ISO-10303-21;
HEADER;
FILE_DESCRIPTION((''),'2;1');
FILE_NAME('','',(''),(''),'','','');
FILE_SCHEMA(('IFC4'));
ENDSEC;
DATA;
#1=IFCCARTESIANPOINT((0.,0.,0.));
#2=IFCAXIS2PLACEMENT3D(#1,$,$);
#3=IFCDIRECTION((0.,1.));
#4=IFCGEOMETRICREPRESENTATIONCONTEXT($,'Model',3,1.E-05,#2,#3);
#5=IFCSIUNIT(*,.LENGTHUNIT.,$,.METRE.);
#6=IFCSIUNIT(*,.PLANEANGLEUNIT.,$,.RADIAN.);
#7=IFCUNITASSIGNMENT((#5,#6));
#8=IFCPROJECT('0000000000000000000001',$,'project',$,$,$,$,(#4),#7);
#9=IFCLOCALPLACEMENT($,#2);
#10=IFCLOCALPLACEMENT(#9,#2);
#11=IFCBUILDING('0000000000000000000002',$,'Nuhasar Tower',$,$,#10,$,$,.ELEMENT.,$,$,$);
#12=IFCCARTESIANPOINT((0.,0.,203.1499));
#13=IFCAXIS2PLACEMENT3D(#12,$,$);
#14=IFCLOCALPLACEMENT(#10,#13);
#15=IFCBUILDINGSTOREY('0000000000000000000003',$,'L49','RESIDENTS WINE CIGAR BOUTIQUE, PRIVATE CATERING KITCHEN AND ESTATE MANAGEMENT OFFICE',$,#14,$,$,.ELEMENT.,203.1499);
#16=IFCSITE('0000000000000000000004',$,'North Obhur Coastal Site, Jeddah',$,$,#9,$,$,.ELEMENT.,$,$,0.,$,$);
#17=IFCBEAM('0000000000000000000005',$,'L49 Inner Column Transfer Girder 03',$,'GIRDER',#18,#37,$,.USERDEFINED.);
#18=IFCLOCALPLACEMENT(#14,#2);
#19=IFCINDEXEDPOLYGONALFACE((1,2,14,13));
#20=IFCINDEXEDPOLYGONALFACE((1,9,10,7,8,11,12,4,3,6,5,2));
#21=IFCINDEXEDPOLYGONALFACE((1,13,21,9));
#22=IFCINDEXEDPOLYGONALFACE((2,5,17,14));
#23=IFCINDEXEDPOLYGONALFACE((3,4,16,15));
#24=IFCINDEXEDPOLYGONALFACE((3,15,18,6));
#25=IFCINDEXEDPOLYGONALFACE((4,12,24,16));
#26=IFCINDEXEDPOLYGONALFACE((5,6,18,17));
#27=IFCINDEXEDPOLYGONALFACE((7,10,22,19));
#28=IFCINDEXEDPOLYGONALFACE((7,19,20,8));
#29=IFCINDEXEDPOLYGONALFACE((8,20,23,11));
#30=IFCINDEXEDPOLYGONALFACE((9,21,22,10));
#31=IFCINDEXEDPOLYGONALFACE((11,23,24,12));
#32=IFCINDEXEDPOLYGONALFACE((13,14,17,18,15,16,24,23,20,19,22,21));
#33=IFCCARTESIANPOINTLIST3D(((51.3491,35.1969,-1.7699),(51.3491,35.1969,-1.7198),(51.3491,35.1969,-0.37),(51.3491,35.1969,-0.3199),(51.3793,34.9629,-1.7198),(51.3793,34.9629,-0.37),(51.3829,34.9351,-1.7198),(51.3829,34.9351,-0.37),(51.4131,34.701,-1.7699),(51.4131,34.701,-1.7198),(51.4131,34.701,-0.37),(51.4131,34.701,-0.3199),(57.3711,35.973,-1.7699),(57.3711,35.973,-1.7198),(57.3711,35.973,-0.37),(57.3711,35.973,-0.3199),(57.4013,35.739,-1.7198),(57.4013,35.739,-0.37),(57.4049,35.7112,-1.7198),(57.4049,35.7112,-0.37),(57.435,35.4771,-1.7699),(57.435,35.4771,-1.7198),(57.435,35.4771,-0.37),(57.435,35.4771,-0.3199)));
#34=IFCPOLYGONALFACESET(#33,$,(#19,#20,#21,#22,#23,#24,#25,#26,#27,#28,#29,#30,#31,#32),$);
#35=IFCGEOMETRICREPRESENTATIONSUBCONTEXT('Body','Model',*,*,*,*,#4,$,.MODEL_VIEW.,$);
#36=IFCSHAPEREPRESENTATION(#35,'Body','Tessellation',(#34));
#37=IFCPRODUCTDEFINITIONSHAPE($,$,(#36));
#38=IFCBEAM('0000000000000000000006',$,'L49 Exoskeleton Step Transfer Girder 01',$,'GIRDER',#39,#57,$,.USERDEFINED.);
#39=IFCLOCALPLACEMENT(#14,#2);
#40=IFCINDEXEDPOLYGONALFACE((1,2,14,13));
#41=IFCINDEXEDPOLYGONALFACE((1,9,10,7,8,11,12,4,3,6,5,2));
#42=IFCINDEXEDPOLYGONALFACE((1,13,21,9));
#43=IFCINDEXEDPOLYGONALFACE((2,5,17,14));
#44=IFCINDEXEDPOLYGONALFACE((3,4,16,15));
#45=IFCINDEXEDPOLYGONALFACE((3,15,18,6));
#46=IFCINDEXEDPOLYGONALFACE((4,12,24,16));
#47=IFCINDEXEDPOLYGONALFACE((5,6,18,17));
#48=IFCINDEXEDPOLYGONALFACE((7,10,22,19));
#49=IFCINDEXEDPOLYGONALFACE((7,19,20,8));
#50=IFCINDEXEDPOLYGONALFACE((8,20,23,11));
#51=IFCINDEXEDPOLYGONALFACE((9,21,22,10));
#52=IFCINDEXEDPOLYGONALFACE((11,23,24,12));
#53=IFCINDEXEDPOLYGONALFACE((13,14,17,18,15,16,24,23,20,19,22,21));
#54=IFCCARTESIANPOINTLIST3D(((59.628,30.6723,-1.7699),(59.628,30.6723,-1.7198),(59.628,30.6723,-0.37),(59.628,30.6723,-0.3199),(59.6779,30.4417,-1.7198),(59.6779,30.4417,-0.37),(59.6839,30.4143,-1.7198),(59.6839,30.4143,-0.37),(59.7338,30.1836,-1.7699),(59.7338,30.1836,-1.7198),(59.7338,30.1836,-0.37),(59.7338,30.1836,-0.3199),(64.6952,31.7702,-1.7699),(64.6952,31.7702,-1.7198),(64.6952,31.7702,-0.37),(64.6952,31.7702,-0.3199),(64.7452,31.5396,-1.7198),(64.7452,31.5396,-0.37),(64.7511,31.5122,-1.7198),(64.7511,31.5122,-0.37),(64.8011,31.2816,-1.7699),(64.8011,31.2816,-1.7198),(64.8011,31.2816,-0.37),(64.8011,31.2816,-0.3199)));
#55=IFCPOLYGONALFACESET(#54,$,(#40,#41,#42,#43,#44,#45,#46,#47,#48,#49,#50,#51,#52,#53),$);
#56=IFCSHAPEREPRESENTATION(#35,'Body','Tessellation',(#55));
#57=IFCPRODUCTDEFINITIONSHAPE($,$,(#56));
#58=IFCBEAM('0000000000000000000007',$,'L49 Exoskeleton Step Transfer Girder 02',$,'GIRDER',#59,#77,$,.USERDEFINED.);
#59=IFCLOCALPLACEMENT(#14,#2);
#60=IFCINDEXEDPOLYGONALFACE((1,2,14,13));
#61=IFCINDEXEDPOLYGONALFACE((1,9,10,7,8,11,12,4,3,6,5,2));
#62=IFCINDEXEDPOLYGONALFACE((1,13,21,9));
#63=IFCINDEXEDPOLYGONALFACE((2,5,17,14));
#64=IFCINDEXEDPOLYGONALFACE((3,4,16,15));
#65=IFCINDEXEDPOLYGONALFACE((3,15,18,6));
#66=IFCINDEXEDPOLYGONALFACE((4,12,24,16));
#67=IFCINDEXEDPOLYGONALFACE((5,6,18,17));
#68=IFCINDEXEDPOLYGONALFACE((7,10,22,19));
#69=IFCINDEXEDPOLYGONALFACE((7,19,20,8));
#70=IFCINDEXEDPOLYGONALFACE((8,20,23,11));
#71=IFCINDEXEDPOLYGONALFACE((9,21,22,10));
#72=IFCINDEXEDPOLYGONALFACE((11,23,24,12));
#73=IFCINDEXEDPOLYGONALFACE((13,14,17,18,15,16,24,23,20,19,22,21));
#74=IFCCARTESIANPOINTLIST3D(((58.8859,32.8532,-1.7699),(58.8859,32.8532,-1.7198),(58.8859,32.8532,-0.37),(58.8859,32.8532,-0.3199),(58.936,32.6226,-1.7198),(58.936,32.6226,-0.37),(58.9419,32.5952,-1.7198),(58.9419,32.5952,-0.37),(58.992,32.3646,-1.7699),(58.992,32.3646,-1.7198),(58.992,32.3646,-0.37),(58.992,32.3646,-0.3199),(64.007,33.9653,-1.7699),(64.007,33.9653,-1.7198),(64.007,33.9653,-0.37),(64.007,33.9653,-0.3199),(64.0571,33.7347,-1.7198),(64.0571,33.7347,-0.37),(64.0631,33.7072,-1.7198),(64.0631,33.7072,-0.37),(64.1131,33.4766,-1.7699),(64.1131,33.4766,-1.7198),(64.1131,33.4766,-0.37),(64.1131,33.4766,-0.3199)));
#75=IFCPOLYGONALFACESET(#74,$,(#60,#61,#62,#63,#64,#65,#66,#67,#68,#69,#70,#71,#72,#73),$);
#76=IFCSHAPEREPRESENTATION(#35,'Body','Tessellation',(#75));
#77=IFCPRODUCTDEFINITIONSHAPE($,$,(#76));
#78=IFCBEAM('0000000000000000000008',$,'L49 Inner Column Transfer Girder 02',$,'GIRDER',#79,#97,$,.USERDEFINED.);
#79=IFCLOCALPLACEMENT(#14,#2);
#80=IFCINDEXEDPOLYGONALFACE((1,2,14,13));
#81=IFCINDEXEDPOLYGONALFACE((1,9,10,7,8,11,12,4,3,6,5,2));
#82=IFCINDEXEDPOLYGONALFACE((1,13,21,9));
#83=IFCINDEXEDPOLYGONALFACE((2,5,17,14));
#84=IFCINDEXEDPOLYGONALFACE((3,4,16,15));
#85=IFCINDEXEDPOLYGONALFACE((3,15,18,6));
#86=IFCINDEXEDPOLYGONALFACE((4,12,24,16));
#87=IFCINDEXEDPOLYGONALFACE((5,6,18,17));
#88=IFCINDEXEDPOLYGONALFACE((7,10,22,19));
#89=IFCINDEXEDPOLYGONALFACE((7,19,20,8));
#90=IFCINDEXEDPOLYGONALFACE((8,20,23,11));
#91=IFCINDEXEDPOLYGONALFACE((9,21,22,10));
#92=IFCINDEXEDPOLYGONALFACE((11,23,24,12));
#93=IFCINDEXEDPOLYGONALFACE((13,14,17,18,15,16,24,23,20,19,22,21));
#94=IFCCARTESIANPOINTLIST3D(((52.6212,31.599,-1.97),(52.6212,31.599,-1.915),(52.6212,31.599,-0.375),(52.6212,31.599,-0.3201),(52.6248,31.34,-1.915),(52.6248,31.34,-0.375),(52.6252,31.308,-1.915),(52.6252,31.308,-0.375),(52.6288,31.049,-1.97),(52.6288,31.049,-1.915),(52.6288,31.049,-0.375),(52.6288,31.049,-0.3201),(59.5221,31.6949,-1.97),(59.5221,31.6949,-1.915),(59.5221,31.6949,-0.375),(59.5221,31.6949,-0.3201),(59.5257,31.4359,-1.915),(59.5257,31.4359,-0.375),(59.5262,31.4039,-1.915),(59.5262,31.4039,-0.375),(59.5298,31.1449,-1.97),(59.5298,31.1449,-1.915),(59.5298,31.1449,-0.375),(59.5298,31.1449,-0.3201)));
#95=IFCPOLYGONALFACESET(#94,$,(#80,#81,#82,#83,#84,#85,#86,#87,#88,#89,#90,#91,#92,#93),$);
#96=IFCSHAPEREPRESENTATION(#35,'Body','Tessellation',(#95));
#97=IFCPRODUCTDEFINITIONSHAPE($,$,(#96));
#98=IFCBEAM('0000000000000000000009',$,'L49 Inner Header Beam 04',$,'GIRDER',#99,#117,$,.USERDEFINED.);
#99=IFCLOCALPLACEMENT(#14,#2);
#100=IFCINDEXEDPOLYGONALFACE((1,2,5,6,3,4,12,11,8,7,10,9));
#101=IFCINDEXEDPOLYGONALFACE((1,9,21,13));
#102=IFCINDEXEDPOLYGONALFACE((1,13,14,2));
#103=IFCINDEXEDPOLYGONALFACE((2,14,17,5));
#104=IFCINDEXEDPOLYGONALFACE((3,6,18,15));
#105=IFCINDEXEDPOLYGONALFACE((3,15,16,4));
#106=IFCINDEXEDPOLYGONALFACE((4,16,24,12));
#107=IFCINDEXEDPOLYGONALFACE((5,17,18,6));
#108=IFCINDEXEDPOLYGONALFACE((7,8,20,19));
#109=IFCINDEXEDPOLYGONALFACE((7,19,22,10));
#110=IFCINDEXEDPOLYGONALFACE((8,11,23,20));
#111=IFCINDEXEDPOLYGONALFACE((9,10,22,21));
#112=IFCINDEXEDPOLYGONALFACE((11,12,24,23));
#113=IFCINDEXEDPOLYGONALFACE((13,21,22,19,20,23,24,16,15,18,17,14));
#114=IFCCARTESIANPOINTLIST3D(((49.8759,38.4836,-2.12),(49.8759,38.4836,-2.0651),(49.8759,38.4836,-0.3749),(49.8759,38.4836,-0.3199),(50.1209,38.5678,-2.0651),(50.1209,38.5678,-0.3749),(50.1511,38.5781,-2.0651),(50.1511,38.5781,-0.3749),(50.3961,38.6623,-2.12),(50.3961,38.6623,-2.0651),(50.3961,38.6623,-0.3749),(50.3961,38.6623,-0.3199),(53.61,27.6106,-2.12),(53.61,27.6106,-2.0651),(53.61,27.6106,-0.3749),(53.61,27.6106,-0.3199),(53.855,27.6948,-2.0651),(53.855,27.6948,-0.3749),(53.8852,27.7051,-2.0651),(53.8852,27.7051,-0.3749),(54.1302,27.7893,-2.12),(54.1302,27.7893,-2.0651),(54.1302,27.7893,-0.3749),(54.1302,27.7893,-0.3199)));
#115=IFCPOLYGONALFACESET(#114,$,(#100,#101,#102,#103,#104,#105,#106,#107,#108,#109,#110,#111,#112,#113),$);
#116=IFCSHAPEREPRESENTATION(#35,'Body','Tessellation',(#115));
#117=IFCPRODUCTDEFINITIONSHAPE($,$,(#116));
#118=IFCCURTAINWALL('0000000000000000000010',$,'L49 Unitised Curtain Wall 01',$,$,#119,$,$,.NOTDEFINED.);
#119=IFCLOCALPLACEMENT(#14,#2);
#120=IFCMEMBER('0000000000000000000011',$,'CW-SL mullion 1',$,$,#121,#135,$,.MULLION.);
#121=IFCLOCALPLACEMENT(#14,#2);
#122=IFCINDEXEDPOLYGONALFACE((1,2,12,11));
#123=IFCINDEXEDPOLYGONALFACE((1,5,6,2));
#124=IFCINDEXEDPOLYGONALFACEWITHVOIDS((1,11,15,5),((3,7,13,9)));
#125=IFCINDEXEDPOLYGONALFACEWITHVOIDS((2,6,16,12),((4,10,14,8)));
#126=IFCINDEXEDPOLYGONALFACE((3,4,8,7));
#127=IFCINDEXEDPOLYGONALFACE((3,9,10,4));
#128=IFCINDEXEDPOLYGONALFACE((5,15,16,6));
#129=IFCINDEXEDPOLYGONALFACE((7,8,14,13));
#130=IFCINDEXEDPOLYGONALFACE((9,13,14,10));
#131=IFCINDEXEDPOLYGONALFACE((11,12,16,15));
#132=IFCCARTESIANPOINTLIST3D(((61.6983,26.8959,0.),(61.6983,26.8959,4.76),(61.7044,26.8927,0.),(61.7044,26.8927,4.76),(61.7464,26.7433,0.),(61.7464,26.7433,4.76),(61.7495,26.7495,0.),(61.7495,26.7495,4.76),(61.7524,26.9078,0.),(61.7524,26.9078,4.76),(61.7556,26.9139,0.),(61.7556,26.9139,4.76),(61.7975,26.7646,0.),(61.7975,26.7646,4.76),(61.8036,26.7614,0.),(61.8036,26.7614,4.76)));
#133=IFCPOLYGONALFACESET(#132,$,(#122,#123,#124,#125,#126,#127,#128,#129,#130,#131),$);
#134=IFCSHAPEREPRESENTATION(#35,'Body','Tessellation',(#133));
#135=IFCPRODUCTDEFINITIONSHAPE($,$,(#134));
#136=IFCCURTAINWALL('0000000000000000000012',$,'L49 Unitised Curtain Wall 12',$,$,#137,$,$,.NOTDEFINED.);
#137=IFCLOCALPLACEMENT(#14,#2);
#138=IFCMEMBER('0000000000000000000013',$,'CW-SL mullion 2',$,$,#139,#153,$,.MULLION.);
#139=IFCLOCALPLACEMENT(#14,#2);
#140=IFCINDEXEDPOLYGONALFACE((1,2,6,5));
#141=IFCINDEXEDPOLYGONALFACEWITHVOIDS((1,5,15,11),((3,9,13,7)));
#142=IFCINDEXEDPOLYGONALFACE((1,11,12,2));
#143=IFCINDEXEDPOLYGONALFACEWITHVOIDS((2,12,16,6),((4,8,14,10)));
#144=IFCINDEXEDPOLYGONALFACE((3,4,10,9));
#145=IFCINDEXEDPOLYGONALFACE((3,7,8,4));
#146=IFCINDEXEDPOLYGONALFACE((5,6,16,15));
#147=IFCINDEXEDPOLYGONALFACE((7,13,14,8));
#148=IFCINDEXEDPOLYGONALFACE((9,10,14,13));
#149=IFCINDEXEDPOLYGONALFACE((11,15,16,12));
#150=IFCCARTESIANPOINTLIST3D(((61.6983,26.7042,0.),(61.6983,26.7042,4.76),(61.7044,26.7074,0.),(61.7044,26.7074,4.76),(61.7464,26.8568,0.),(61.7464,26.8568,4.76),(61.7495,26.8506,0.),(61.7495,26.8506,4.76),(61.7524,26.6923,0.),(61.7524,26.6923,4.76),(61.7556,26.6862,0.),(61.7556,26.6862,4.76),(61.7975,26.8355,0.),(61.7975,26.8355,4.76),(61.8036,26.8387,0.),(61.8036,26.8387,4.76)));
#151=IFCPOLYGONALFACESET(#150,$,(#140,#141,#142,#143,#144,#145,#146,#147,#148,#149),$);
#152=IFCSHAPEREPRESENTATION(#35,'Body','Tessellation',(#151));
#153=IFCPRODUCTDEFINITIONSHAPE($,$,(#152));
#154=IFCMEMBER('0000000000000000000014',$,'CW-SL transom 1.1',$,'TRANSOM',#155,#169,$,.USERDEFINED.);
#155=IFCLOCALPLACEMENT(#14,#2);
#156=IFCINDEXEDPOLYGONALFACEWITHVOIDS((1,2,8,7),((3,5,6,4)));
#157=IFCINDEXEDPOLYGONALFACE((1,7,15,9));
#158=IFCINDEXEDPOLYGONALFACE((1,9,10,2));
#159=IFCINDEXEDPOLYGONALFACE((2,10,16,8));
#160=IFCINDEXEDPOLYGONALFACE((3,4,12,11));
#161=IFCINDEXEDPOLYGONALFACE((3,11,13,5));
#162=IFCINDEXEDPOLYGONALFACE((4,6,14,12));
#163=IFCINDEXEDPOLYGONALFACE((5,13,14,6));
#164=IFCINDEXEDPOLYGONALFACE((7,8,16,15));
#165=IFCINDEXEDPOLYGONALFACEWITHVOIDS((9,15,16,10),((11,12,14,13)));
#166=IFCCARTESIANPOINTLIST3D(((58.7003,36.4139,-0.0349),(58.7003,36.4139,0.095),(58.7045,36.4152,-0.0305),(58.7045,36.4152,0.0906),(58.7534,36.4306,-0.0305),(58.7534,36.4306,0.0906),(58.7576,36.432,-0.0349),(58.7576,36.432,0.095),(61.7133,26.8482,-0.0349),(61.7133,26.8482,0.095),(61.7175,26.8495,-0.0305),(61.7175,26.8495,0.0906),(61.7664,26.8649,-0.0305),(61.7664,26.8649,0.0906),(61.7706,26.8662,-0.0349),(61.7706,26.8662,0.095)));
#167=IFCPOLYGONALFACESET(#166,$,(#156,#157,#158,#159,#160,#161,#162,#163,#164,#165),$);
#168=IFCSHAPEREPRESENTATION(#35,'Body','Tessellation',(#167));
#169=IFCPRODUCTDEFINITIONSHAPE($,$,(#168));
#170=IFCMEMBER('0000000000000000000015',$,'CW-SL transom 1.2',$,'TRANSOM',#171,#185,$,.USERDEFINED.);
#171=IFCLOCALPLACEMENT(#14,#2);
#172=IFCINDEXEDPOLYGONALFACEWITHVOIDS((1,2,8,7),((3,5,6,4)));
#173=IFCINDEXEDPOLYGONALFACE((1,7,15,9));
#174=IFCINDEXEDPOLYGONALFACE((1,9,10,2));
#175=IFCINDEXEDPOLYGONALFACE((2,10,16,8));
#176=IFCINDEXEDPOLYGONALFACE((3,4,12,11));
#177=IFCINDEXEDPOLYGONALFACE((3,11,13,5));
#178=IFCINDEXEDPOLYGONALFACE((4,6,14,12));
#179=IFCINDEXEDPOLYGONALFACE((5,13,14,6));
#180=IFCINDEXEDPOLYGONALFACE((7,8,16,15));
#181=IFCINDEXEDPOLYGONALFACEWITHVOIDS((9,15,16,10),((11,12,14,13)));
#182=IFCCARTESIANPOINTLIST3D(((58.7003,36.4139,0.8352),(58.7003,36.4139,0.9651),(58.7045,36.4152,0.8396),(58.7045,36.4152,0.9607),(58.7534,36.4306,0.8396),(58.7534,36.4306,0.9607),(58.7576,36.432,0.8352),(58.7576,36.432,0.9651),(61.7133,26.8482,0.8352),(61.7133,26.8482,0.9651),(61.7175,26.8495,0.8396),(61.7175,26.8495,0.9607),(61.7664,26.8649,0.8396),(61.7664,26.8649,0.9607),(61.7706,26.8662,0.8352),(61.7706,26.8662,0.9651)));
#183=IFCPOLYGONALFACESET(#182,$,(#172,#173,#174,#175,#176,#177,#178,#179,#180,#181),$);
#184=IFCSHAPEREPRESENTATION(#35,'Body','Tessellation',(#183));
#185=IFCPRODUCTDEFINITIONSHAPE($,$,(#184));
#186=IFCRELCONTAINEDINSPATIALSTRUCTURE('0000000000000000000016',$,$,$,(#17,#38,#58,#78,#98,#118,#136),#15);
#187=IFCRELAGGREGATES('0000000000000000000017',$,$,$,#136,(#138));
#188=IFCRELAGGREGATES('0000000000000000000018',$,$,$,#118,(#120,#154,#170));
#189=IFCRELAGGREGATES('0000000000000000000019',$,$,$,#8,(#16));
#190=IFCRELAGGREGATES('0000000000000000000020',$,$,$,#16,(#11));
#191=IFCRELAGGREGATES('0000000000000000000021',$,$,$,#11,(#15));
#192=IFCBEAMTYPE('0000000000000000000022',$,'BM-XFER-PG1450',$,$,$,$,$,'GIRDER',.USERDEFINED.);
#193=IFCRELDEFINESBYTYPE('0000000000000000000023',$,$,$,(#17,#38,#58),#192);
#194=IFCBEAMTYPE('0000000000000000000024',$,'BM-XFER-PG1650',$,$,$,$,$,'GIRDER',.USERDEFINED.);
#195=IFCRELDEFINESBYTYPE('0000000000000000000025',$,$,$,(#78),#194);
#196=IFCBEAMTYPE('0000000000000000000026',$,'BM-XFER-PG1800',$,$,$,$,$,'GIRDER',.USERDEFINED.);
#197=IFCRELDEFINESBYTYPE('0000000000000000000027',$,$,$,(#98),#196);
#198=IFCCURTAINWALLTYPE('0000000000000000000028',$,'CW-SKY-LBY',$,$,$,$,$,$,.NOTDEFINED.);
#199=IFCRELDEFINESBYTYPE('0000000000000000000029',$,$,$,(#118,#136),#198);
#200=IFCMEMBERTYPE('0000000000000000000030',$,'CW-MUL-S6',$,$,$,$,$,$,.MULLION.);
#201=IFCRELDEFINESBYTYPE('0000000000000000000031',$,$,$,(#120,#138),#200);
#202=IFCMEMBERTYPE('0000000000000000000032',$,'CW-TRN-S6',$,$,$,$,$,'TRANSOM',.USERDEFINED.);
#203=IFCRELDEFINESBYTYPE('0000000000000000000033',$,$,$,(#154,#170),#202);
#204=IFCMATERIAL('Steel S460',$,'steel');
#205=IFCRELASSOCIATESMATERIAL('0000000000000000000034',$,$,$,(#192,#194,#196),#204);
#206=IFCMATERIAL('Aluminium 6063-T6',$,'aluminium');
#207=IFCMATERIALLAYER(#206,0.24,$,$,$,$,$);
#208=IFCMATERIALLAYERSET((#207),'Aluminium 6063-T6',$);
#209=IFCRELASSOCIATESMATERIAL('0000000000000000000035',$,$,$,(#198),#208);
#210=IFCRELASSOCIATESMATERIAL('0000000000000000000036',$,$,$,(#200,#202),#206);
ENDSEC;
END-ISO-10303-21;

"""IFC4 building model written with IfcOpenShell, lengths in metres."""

from ifc_helpers import new_model, si_unit, direction, frame, origin, origin_2d, place, context, subcontext, project, spatial, hollow_rectangle, i_section, extrude, material, layer, layer_set, material_profile, profile_set, type_object, element, aggregate, save


model = new_model("IFC4")

# Units and contexts
model_context = context("Model", 3, precision=1e-05, world=origin(), true_north=direction((0.0, 1.0)))
body_context = subcontext(model_context, "Body", "Model", "MODEL_VIEW")
ifc_project = project(units=[si_unit("LENGTHUNIT", "METRE"), si_unit("PLANEANGLEUNIT", "RADIAN")], contexts=[model_context])

# Site, building, storey
site_placement = place(None, origin())
site = spatial("IfcSite", under=ifc_project, at=site_placement, Name="North Obhur Coastal Site, Jeddah", CompositionType="ELEMENT", RefElevation=0.0)
building_placement = place(site_placement, origin())
building = spatial("IfcBuilding", under=site, at=building_placement, Name="Nuhasar Tower", CompositionType="ELEMENT")
storey_placement = place(building_placement, frame((0.0, 0.0, 203.1499)))
storey = spatial("IfcBuildingStorey", under=building, at=storey_placement, Name="L49", Description="RESIDENTS WINE CIGAR BOUTIQUE, PRIVATE CATERING KITCHEN AND ESTATE MANAGEMENT OFFICE", CompositionType="ELEMENT", Elevation=203.1499)

# Beams
ifc_material_1 = material(Name="Steel S460", Category="steel")
ifc_material_profile_1 = material_profile(ifc_material_1, i_section(OverallWidth=0.5, OverallDepth=1.45, WebThickness=0.0281, FlangeThickness=0.05, at=origin_2d()), Name="PG1450X500")
ifc_profile_set_1 = profile_set([ifc_material_profile_1], Name="Steel S460")
beam_type_1 = type_object("IfcBeamType", Name="BM-XFER-PG1450", ElementType="GIRDER", PredefinedType="USERDEFINED", material=ifc_profile_set_1)
beam_1_placement = place(storey_placement, frame((51.3811, 34.949, -1.0449), z_axis=(0.991797, 0.127825, 0.0), x_axis=(-0.127825, 0.991797, 0.0)))
element("IfcBeam", 1, at=beam_1_placement, inside=storey, type_object=beam_type_1, Name="L49 Inner Column Transfer Girder 03", ObjectType="GIRDER", PredefinedType="USERDEFINED", context=body_context, shape_type="SweptSolid", body=[
    extrude(i_section(OverallWidth=0.5, OverallDepth=1.45, WebThickness=0.0281, FlangeThickness=0.05, at=origin_2d()), origin(), (0.0, 0.0, 1.0), 6.0718),
])
beam_2_placement = place(storey_placement, frame((59.6809, 30.428, -1.0449), z_axis=(0.977322, 0.211757, 0.0), x_axis=(-0.211757, 0.977322, 0.0)))
element("IfcBeam", 2, at=beam_2_placement, inside=storey, type_object=beam_type_1, Name="L49 Exoskeleton Step Transfer Girder 01", ObjectType="GIRDER", PredefinedType="USERDEFINED", context=body_context, shape_type="SweptSolid", body=[
    extrude(i_section(OverallWidth=0.5, OverallDepth=1.45, WebThickness=0.0281, FlangeThickness=0.05, at=origin_2d()), origin(), (0.0, 0.0, 1.0), 5.1848),
])
beam_3_placement = place(storey_placement, frame((58.939, 32.6089, -1.0449), z_axis=(0.977225, 0.212207, 0.0), x_axis=(-0.212207, 0.977225, 0.0)))
element("IfcBeam", 3, at=beam_3_placement, inside=storey, type_object=beam_type_1, Name="L49 Exoskeleton Step Transfer Girder 02", ObjectType="GIRDER", PredefinedType="USERDEFINED", context=body_context, shape_type="SweptSolid", body=[
    extrude(i_section(OverallWidth=0.5, OverallDepth=1.45, WebThickness=0.0281, FlangeThickness=0.05, at=origin_2d()), origin(), (0.0, 0.0, 1.0), 5.2405),
])
ifc_material_profile_2 = material_profile(ifc_material_1, i_section(OverallWidth=0.55, OverallDepth=1.6499, WebThickness=0.032, FlangeThickness=0.0549, at=origin_2d()), Name="PG1650X550")
ifc_profile_set_2 = profile_set([ifc_material_profile_2], Name="Steel S460")
beam_type_2 = type_object("IfcBeamType", Name="BM-XFER-PG1650", ElementType="GIRDER", PredefinedType="USERDEFINED", material=ifc_profile_set_2)
beam_4_placement = place(storey_placement, frame((52.625, 31.324, -1.145), z_axis=(0.999903, 0.013902, 0.0), x_axis=(-0.013902, 0.999903, 0.0)))
element("IfcBeam", 4, at=beam_4_placement, inside=storey, type_object=beam_type_2, Name="L49 Inner Column Transfer Girder 02", ObjectType="GIRDER", PredefinedType="USERDEFINED", context=body_context, shape_type="SweptSolid", body=[
    extrude(i_section(OverallWidth=0.55, OverallDepth=1.6499, WebThickness=0.032, FlangeThickness=0.0549, at=origin_2d()), origin(), (0.0, 0.0, 1.0), 6.9016),
])
ifc_material_profile_3 = material_profile(ifc_material_1, i_section(OverallWidth=0.55, OverallDepth=1.8, WebThickness=0.032, FlangeThickness=0.0549, at=origin_2d()), Name="PG1800X550")
ifc_profile_set_3 = profile_set([ifc_material_profile_3], Name="Steel S460")
beam_type_3 = type_object("IfcBeamType", Name="BM-XFER-PG1800", ElementType="GIRDER", PredefinedType="USERDEFINED", material=ifc_profile_set_3)
beam_5_placement = place(storey_placement, frame((53.8701, 27.7, -1.22), z_axis=(-0.324809, 0.94578, 0.0), x_axis=(-0.94578, -0.324809, 0.0)))
element("IfcBeam", 5, at=beam_5_placement, inside=storey, type_object=beam_type_3, Name="L49 Inner Header Beam 04", ObjectType="GIRDER", PredefinedType="USERDEFINED", context=body_context, shape_type="SweptSolid", body=[
    extrude(i_section(OverallWidth=0.55, OverallDepth=1.8, WebThickness=0.032, FlangeThickness=0.0549, at=origin_2d()), origin(), (0.0, 0.0, 1.0), 11.4963),
])

# Curtain walls, members
ifc_material_2 = material(Name="Aluminium 6063-T6", Category="aluminium")
ifc_layer_1 = layer(ifc_material_2, 0.24)
ifc_layer_set_1 = layer_set([ifc_layer_1], Name="Aluminium 6063-T6")
curtain_wall_type = type_object("IfcCurtainWallType", Name="CW-SKY-LBY", PredefinedType="NOTDEFINED", material=ifc_layer_set_1)
curtain_wall_1_placement = place(storey_placement, origin())
curtain_wall_1 = element("IfcCurtainWall", 6, at=curtain_wall_1_placement, inside=storey, type_object=curtain_wall_type, Name="L49 Unitised Curtain Wall 01", PredefinedType="NOTDEFINED")
ifc_material_profile_4 = material_profile(ifc_material_2, hollow_rectangle(XDim=0.0601, YDim=0.1599, WallThickness=0.0049, at=origin_2d()), Name="CWM-6")
ifc_profile_set_4 = profile_set([ifc_material_profile_4], Name="Aluminium 6063-T6")
member_type_1 = type_object("IfcMemberType", Name="CW-MUL-S6", PredefinedType="MULLION", material=ifc_profile_set_4)
member_1_placement = place(storey_placement, frame((61.751, 26.8286, 0.0), z_axis=(0.0, 0.0, 1.0), x_axis=(-0.953804, -0.300429, 0.0)))
member_1 = element("IfcMember", 7, at=member_1_placement, type_object=member_type_1, Name="CW-SL mullion 1", PredefinedType="MULLION", context=body_context, shape_type="SweptSolid", body=[
    extrude(hollow_rectangle(XDim=0.0601, YDim=0.1599, WallThickness=0.0049, at=origin_2d()), origin(), (0.0, 0.0, 1.0), 4.76),
])
curtain_wall_2_placement = place(storey_placement, origin())
curtain_wall_2 = element("IfcCurtainWall", 8, at=curtain_wall_2_placement, inside=storey, type_object=curtain_wall_type, Name="L49 Unitised Curtain Wall 12", PredefinedType="NOTDEFINED")
member_2_placement = place(storey_placement, frame((61.751, 26.7715, 0.0), z_axis=(0.0, 0.0, 1.0), x_axis=(-0.953804, 0.300429, 0.0)))
member_2 = element("IfcMember", 9, at=member_2_placement, type_object=member_type_1, Name="CW-SL mullion 2", PredefinedType="MULLION", context=body_context, shape_type="SweptSolid", body=[
    extrude(hollow_rectangle(XDim=0.0601, YDim=0.1599, WallThickness=0.0049, at=origin_2d()), origin(), (0.0, 0.0, 1.0), 4.76),
])
aggregate(curtain_wall_2, [member_2])

# Members
ifc_material_profile_5 = material_profile(ifc_material_2, hollow_rectangle(XDim=0.0601, YDim=0.1299, WallThickness=0.0044, at=origin_2d()), Name="CWT-6")
ifc_profile_set_5 = profile_set([ifc_material_profile_5], Name="Aluminium 6063-T6")
member_type_2 = type_object("IfcMemberType", Name="CW-TRN-S6", ElementType="TRANSOM", PredefinedType="USERDEFINED", material=ifc_profile_set_5)
member_3_placement = place(storey_placement, frame((61.7419, 26.8572, 0.03), z_axis=(-0.300424, 0.953806, 0.0), x_axis=(-0.953806, -0.300424, 0.0)))
member_3 = element("IfcMember", 10, at=member_3_placement, type_object=member_type_2, Name="CW-SL transom 1.1", ObjectType="TRANSOM", PredefinedType="USERDEFINED", context=body_context, shape_type="SweptSolid", body=[
    extrude(hollow_rectangle(XDim=0.0601, YDim=0.1299, WallThickness=0.0044, at=origin_2d()), origin(), (0.0, 0.0, 1.0), 10.0291),
])
member_4_placement = place(storey_placement, frame((61.7419, 26.8572, 0.9001), z_axis=(-0.300424, 0.953806, 0.0), x_axis=(-0.953806, -0.300424, 0.0)))
member_4 = element("IfcMember", 11, at=member_4_placement, type_object=member_type_2, Name="CW-SL transom 1.2", ObjectType="TRANSOM", PredefinedType="USERDEFINED", context=body_context, shape_type="SweptSolid", body=[
    extrude(hollow_rectangle(XDim=0.0601, YDim=0.1299, WallThickness=0.0044, at=origin_2d()), origin(), (0.0, 0.0, 1.0), 10.0291),
])

aggregate(curtain_wall_1, [member_1, member_3, member_4])

save(model, "model.ifc")
